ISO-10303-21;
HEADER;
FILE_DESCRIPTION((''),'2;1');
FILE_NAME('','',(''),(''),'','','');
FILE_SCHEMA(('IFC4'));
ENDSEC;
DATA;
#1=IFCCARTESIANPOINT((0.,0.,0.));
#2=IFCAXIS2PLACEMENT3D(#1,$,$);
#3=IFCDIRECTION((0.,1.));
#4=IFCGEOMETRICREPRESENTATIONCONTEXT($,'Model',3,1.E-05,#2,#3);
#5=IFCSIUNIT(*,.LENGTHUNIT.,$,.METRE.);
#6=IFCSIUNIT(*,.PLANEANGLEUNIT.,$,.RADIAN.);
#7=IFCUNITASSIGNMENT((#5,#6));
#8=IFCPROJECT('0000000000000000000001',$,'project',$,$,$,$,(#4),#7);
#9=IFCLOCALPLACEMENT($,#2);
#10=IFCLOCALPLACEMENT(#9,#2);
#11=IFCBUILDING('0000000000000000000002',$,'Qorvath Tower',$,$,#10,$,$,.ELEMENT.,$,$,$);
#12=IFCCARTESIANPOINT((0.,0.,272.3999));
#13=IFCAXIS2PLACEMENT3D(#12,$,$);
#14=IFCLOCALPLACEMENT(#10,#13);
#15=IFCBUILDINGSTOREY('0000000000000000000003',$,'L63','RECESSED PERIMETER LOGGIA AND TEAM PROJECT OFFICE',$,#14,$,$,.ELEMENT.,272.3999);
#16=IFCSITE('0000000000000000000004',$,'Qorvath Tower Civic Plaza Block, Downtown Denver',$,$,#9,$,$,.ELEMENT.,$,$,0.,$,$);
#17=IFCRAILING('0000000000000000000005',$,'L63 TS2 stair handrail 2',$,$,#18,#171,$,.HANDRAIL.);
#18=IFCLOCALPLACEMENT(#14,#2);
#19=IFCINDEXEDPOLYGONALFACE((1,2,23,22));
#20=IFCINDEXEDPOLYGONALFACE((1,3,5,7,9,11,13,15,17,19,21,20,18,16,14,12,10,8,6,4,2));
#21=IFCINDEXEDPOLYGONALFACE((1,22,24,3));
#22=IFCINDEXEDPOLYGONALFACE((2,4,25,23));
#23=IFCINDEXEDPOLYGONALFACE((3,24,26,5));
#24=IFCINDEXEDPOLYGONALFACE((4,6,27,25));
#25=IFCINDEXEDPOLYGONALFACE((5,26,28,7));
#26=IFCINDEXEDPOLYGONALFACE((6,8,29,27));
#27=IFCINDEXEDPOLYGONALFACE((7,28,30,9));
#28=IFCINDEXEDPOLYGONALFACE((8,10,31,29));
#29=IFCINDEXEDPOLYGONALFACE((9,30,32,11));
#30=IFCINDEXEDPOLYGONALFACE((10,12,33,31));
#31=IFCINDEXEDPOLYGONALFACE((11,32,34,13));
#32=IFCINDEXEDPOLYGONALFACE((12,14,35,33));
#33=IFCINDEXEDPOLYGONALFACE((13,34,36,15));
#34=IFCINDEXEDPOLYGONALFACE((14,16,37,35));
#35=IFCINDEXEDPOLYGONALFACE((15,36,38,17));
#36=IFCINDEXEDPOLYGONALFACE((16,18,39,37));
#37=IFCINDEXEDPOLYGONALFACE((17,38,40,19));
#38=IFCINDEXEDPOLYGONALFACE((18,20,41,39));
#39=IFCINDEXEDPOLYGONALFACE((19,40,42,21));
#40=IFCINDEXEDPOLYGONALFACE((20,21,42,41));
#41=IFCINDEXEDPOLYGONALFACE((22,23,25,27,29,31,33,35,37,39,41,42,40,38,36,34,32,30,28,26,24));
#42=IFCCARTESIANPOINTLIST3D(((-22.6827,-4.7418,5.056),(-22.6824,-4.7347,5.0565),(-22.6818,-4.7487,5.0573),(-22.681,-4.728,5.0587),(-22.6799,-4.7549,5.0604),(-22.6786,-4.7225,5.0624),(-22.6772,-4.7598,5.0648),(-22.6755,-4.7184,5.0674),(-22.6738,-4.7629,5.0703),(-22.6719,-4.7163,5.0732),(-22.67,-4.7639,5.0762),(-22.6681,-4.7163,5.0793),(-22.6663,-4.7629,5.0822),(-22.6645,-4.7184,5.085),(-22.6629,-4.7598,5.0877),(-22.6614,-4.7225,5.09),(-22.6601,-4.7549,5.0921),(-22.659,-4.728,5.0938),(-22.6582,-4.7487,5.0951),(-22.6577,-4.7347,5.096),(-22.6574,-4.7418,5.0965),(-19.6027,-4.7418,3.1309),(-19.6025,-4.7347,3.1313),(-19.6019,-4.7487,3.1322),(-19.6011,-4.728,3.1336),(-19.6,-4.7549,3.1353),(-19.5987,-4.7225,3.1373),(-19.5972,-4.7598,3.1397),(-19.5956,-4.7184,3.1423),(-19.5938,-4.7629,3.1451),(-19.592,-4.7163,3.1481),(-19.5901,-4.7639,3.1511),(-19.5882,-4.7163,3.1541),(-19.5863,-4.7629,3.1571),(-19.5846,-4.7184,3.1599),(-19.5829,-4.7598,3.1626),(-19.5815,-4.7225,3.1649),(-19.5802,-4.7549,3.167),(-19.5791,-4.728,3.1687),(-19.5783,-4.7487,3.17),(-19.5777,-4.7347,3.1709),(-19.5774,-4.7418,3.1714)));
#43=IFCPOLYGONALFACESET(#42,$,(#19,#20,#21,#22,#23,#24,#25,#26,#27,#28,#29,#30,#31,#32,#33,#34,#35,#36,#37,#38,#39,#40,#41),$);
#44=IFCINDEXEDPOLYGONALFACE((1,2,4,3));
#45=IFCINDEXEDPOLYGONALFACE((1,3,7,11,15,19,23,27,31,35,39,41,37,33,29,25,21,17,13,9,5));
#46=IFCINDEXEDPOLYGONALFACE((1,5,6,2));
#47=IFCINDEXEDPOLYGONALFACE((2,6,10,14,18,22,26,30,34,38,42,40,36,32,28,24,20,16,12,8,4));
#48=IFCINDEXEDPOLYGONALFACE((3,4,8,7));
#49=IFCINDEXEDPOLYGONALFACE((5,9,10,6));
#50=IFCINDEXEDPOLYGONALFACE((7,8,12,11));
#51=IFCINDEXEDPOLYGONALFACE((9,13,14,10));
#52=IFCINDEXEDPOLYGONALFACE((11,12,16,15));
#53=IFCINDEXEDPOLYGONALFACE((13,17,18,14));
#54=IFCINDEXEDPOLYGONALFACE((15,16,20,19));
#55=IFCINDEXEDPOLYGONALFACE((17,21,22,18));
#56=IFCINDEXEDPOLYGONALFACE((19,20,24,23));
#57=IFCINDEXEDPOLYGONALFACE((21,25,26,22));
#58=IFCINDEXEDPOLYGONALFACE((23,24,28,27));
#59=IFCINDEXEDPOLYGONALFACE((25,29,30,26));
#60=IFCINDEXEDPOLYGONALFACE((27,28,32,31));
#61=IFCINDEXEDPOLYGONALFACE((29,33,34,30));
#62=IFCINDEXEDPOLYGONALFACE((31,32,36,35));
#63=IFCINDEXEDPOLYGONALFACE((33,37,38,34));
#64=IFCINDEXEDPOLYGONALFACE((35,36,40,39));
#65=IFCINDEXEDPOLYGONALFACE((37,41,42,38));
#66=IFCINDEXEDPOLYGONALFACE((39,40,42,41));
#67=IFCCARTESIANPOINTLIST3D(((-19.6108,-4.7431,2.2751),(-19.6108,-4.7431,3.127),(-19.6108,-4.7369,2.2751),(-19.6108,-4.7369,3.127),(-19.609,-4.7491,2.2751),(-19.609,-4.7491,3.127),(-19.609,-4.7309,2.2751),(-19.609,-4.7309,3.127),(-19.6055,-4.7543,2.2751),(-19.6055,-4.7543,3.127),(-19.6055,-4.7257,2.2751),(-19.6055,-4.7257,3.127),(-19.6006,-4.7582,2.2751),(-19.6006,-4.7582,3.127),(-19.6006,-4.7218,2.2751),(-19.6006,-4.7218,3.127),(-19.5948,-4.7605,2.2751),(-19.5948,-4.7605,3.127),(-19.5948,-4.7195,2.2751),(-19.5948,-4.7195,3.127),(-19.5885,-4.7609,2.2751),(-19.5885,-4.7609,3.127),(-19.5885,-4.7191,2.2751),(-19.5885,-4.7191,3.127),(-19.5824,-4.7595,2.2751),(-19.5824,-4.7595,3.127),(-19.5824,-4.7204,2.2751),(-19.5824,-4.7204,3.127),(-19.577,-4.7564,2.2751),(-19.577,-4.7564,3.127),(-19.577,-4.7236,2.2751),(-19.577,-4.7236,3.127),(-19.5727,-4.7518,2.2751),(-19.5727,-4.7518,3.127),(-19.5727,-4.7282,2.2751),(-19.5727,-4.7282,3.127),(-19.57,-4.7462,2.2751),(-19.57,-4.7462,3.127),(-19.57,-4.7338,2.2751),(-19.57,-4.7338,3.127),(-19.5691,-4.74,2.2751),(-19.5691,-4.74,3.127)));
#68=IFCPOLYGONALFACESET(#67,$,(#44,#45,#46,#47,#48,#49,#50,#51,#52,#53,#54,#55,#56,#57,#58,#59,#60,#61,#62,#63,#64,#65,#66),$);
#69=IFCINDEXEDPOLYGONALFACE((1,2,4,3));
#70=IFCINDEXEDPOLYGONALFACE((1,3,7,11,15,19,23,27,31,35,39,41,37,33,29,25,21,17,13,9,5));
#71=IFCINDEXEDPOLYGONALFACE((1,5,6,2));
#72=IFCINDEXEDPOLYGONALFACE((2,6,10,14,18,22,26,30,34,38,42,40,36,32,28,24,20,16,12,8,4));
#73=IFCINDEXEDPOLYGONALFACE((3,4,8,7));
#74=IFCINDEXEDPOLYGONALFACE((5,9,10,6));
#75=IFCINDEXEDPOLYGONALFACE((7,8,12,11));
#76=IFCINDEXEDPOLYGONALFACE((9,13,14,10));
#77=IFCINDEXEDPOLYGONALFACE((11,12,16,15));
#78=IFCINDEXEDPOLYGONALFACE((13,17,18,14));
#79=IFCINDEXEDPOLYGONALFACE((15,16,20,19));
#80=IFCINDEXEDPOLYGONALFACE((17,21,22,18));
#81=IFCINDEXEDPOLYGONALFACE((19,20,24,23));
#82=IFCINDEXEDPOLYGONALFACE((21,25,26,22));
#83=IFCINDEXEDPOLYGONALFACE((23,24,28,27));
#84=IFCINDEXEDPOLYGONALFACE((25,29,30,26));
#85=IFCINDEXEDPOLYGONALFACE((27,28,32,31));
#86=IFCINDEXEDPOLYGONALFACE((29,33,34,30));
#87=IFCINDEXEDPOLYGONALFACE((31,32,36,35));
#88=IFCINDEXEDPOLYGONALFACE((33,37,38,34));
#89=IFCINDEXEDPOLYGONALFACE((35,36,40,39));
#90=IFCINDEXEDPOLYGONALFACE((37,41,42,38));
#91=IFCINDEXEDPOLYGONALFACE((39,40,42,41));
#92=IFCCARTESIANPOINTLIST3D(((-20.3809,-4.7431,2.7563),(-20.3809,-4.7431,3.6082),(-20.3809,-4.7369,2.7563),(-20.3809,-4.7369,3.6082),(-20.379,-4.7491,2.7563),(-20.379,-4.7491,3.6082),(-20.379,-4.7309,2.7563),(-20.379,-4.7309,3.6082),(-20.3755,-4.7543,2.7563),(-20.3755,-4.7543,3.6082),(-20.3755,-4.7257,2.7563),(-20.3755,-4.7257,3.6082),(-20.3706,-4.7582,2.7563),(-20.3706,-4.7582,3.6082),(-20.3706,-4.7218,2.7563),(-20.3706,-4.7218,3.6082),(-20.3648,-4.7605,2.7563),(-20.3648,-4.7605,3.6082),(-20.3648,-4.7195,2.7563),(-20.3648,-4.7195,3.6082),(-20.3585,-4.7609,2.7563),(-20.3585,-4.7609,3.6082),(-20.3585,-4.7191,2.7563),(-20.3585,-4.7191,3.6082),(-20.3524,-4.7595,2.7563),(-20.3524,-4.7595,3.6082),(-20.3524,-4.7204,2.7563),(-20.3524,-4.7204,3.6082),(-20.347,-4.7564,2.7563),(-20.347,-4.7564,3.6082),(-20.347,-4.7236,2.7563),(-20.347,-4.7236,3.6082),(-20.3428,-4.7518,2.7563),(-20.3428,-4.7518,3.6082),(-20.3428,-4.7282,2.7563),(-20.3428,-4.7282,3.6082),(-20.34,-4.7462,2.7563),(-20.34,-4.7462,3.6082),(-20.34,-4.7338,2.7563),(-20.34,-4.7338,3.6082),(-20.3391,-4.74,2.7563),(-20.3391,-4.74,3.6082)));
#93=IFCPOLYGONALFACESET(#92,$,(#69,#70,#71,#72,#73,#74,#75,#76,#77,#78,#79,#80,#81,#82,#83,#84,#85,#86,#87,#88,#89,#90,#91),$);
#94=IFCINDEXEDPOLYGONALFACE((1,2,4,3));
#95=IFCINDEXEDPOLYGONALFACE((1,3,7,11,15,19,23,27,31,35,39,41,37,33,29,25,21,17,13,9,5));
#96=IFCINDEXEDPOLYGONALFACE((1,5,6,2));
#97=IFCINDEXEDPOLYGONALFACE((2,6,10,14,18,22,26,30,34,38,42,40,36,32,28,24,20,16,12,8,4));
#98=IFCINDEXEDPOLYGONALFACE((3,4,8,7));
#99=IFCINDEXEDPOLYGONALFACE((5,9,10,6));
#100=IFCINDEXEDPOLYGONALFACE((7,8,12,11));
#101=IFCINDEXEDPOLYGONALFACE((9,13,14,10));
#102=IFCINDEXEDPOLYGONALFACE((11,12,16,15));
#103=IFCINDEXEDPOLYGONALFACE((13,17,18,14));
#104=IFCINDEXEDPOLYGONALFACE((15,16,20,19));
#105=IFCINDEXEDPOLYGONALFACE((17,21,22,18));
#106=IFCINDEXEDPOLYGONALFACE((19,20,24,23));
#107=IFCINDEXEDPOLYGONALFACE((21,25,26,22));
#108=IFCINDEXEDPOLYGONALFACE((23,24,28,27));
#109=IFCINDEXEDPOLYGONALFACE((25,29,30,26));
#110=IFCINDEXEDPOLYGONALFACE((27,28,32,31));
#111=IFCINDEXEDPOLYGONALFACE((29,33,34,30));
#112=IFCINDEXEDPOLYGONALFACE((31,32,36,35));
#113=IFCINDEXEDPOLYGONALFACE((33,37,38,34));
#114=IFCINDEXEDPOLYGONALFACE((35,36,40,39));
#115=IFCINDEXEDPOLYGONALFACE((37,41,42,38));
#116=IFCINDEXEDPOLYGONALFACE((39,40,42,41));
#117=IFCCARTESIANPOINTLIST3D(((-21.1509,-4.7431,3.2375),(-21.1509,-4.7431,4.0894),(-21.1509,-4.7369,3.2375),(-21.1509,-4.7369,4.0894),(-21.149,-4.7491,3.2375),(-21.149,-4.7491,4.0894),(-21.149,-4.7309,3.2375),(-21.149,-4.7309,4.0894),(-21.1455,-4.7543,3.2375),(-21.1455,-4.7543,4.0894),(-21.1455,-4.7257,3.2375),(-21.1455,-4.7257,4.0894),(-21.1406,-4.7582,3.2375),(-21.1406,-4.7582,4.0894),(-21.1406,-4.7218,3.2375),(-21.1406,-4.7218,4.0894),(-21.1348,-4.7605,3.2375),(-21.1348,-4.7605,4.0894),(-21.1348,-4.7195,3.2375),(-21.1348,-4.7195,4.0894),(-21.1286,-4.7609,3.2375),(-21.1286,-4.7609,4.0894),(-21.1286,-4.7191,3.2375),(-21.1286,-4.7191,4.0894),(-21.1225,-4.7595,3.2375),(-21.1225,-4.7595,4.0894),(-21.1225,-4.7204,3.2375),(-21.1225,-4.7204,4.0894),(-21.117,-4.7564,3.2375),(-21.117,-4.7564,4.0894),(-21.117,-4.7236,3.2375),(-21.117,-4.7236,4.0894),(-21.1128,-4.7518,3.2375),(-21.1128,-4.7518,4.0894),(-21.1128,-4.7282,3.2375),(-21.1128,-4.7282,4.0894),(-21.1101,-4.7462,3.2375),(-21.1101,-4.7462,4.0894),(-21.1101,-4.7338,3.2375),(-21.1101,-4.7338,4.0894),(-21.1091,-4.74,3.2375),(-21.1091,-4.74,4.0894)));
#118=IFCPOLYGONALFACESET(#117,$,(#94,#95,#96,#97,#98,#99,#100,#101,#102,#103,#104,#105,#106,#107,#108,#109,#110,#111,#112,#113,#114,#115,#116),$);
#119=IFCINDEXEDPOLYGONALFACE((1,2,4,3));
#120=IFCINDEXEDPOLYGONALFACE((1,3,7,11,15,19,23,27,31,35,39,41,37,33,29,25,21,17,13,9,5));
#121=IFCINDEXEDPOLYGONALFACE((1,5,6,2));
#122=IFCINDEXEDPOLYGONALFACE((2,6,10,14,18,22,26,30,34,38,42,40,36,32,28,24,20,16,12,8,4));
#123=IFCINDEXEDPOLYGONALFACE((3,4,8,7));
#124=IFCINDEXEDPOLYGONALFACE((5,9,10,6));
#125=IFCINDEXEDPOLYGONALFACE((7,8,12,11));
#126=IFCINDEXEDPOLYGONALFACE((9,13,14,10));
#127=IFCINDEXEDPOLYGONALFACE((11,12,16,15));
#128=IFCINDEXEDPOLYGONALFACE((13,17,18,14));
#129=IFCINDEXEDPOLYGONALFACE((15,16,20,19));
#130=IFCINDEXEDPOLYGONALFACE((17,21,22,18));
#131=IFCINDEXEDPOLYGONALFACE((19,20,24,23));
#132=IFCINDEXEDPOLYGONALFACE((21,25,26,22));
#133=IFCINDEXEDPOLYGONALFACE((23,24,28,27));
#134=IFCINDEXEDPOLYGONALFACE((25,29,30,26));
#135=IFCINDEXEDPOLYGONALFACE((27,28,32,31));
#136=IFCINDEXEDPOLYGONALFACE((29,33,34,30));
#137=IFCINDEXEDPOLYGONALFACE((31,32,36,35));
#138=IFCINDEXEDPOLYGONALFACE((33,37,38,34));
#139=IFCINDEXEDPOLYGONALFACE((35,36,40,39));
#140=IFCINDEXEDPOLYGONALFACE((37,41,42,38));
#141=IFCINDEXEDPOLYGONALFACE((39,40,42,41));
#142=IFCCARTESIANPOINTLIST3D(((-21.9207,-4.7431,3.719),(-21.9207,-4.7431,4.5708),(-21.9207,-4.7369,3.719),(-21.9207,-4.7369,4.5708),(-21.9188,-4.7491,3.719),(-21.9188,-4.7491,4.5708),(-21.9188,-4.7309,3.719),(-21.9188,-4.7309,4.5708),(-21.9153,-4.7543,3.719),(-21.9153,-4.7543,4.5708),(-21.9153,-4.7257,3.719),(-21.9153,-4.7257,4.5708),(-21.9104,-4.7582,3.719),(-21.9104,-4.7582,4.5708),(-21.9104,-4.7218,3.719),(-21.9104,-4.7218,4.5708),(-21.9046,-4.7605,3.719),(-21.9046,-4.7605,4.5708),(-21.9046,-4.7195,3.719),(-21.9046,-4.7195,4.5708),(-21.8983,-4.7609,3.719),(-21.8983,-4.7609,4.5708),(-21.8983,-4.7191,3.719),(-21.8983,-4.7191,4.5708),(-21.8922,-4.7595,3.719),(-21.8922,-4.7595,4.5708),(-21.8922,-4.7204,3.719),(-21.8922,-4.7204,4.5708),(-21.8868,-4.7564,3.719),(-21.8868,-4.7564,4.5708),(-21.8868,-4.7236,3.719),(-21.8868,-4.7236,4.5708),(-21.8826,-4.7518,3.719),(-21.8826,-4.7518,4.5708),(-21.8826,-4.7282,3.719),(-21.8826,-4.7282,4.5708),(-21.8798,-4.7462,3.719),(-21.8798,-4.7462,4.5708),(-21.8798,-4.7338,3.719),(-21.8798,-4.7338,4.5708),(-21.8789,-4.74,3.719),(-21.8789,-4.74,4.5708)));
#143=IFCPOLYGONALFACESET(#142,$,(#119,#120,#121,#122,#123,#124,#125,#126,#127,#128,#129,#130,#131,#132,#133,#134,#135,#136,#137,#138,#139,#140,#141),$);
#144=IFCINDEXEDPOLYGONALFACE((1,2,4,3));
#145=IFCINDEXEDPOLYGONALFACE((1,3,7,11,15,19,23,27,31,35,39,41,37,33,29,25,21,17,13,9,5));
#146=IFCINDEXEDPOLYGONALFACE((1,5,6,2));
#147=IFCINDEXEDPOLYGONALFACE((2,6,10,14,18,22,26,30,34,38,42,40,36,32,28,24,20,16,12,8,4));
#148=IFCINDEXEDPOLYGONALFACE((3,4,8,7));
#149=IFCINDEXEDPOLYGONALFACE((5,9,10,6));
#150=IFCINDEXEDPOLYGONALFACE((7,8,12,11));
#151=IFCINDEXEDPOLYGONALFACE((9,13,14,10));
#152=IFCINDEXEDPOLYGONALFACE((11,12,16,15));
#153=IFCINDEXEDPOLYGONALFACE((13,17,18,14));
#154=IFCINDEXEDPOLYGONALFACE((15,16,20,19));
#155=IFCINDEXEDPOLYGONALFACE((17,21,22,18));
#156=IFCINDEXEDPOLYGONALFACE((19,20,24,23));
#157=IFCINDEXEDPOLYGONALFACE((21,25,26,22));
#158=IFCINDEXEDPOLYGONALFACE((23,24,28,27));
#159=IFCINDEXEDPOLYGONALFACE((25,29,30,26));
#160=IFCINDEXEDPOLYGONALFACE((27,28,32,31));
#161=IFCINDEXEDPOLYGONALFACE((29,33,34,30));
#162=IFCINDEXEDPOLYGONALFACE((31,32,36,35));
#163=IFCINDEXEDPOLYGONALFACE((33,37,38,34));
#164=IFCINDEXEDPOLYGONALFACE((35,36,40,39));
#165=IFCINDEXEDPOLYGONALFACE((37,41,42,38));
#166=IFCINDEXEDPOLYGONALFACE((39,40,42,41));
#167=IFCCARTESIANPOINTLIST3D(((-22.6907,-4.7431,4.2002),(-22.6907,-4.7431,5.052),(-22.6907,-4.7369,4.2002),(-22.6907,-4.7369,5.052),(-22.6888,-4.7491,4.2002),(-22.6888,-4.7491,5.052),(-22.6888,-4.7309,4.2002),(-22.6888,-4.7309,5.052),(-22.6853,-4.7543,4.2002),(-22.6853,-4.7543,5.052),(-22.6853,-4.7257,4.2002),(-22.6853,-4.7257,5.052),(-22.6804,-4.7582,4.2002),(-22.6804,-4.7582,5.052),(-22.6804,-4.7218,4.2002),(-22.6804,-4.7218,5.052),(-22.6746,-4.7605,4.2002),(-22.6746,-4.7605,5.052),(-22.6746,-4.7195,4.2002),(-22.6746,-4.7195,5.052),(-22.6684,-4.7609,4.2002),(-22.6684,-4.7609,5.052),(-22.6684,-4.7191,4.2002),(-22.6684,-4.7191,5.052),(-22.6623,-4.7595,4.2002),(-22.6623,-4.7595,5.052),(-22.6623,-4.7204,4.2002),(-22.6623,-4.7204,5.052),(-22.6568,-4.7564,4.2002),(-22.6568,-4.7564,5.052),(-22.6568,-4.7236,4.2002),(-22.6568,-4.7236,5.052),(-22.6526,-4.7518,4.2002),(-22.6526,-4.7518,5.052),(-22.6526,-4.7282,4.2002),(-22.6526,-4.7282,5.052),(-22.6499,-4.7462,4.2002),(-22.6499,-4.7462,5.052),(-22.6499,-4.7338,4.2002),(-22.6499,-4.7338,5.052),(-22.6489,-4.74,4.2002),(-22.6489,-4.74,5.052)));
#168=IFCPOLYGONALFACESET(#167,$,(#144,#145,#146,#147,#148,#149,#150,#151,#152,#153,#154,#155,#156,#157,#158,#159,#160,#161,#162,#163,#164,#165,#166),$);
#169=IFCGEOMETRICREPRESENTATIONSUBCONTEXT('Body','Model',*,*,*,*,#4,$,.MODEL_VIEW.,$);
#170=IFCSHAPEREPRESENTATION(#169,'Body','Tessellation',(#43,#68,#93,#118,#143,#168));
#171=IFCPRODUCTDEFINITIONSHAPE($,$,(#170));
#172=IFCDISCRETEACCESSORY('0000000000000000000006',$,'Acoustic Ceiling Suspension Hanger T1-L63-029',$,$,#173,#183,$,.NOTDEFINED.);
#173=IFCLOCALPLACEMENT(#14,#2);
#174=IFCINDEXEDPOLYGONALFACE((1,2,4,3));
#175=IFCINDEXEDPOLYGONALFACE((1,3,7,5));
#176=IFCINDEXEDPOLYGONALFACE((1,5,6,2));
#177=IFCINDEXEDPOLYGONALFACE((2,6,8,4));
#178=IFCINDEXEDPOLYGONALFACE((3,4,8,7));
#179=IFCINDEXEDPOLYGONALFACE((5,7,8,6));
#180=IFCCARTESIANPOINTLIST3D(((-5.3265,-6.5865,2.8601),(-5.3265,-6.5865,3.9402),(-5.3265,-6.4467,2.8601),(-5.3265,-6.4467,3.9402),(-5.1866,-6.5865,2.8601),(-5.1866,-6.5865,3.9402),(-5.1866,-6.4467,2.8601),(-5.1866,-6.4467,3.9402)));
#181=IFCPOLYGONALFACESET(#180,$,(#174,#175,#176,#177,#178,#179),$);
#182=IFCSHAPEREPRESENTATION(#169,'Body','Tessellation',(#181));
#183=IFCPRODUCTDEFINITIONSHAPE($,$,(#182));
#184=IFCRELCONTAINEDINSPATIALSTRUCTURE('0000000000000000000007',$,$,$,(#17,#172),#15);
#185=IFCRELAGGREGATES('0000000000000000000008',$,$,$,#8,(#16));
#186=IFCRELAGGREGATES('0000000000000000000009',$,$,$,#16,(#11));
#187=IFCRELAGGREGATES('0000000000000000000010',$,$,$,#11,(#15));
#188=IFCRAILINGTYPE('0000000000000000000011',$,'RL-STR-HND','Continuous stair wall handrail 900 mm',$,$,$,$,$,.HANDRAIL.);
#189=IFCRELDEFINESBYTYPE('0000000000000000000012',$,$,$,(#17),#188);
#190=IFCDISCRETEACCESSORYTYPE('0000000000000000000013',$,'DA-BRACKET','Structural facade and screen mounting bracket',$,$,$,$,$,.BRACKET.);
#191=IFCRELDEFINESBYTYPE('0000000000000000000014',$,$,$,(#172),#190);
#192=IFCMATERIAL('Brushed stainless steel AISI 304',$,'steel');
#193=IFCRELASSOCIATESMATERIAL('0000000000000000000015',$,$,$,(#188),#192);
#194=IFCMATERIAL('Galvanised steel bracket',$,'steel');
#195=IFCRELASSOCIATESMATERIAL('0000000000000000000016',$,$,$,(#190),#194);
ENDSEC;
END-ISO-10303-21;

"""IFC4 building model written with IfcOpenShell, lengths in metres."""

from ifc_helpers import new_model, si_unit, direction, frame, origin, origin_2d, place, context, subcontext, project, spatial, rectangle, circle, extrude, material, type_object, element, save


model = new_model("IFC4")

# Units and contexts
model_context = context("Model", 3, precision=1e-05, world=origin(), true_north=direction((0.0, 1.0)))
body_context = subcontext(model_context, "Body", "Model", "MODEL_VIEW")
ifc_project = project(units=[si_unit("LENGTHUNIT", "METRE"), si_unit("PLANEANGLEUNIT", "RADIAN")], contexts=[model_context])

# Site, building, storey
site_placement = place(None, origin())
site = spatial("IfcSite", under=ifc_project, at=site_placement, Name="Qorvath Tower Civic Plaza Block, Downtown Denver", CompositionType="ELEMENT", RefElevation=0.0)
building_placement = place(site_placement, origin())
building = spatial("IfcBuilding", under=site, at=building_placement, Name="Qorvath Tower", CompositionType="ELEMENT")
storey_placement = place(building_placement, frame((0.0, 0.0, 272.3999)))
storey = spatial("IfcBuildingStorey", under=building, at=storey_placement, Name="L63", Description="RECESSED PERIMETER LOGGIA AND TEAM PROJECT OFFICE", CompositionType="ELEMENT", Elevation=272.3999)

# Railing
ifc_material_1 = material(Name="Brushed stainless steel AISI 304", Category="steel")
railing_type_1 = type_object("IfcRailingType", Name="RL-STR-HND", Description="Continuous stair wall handrail 900 mm", PredefinedType="HANDRAIL", material=ifc_material_1)
railing_1_placement = place(storey_placement, frame((-19.5901, -4.74, 2.2751)))
element("IfcRailing", 1, at=railing_1_placement, inside=storey, type_object=railing_type_1, Name="L63 TS2 stair handrail 2", PredefinedType="HANDRAIL", context=body_context, shape_type="SweptSolid", body=[
    extrude(circle(Radius=0.0239, at=origin_2d()), frame((0.0, 0.0, 0.876), z_axis=(-0.847979, 0.0, 0.530029), x_axis=(0.0, -1.0, 0.0)), (0.0, 0.0, 1.0), 3.6321),
    extrude(circle(Radius=0.021, at=origin_2d()), origin(), (0.0, 0.0, 1.0), 0.8518),
    extrude(circle(Radius=0.021, at=origin_2d()), frame((-0.77, 0.0, 0.4812)), (0.0, 0.0, 1.0), 0.8518),
    extrude(circle(Radius=0.021, at=origin_2d()), frame((-1.54, 0.0, 0.9624)), (0.0, 0.0, 1.0), 0.8518),
    extrude(circle(Radius=0.021, at=origin_2d()), frame((-2.3098, 0.0, 1.4438)), (0.0, 0.0, 1.0), 0.8518),
    extrude(circle(Radius=0.021, at=origin_2d()), frame((-3.0798, 0.0, 1.925)), (0.0, 0.0, 1.0), 0.8518),
])

# Discrete accessory
ifc_material_2 = material(Name="Galvanised steel bracket", Category="steel")
discrete_accessory_type = type_object("IfcDiscreteAccessoryType", Name="DA-BRACKET", Description="Structural facade and screen mounting bracket", PredefinedType="BRACKET", material=ifc_material_2)
discrete_accessory_placement = place(storey_placement, frame((-5.2566, -6.5166, 2.8601), z_axis=(0.0, 0.0, 1.0), x_axis=(1.0, 0.0, 0.0)))
element("IfcDiscreteAccessory", 2, at=discrete_accessory_placement, inside=storey, type_object=discrete_accessory_type, Name="Acoustic Ceiling Suspension Hanger T1-L63-029", PredefinedType="NOTDEFINED", context=body_context, shape_type="SweptSolid", body=[
    extrude(rectangle(XDim=0.1399, YDim=0.1399, at=origin_2d()), origin(), (0.0, 0.0, 1.0), 1.0801),
])

save(model, "model.ifc")
